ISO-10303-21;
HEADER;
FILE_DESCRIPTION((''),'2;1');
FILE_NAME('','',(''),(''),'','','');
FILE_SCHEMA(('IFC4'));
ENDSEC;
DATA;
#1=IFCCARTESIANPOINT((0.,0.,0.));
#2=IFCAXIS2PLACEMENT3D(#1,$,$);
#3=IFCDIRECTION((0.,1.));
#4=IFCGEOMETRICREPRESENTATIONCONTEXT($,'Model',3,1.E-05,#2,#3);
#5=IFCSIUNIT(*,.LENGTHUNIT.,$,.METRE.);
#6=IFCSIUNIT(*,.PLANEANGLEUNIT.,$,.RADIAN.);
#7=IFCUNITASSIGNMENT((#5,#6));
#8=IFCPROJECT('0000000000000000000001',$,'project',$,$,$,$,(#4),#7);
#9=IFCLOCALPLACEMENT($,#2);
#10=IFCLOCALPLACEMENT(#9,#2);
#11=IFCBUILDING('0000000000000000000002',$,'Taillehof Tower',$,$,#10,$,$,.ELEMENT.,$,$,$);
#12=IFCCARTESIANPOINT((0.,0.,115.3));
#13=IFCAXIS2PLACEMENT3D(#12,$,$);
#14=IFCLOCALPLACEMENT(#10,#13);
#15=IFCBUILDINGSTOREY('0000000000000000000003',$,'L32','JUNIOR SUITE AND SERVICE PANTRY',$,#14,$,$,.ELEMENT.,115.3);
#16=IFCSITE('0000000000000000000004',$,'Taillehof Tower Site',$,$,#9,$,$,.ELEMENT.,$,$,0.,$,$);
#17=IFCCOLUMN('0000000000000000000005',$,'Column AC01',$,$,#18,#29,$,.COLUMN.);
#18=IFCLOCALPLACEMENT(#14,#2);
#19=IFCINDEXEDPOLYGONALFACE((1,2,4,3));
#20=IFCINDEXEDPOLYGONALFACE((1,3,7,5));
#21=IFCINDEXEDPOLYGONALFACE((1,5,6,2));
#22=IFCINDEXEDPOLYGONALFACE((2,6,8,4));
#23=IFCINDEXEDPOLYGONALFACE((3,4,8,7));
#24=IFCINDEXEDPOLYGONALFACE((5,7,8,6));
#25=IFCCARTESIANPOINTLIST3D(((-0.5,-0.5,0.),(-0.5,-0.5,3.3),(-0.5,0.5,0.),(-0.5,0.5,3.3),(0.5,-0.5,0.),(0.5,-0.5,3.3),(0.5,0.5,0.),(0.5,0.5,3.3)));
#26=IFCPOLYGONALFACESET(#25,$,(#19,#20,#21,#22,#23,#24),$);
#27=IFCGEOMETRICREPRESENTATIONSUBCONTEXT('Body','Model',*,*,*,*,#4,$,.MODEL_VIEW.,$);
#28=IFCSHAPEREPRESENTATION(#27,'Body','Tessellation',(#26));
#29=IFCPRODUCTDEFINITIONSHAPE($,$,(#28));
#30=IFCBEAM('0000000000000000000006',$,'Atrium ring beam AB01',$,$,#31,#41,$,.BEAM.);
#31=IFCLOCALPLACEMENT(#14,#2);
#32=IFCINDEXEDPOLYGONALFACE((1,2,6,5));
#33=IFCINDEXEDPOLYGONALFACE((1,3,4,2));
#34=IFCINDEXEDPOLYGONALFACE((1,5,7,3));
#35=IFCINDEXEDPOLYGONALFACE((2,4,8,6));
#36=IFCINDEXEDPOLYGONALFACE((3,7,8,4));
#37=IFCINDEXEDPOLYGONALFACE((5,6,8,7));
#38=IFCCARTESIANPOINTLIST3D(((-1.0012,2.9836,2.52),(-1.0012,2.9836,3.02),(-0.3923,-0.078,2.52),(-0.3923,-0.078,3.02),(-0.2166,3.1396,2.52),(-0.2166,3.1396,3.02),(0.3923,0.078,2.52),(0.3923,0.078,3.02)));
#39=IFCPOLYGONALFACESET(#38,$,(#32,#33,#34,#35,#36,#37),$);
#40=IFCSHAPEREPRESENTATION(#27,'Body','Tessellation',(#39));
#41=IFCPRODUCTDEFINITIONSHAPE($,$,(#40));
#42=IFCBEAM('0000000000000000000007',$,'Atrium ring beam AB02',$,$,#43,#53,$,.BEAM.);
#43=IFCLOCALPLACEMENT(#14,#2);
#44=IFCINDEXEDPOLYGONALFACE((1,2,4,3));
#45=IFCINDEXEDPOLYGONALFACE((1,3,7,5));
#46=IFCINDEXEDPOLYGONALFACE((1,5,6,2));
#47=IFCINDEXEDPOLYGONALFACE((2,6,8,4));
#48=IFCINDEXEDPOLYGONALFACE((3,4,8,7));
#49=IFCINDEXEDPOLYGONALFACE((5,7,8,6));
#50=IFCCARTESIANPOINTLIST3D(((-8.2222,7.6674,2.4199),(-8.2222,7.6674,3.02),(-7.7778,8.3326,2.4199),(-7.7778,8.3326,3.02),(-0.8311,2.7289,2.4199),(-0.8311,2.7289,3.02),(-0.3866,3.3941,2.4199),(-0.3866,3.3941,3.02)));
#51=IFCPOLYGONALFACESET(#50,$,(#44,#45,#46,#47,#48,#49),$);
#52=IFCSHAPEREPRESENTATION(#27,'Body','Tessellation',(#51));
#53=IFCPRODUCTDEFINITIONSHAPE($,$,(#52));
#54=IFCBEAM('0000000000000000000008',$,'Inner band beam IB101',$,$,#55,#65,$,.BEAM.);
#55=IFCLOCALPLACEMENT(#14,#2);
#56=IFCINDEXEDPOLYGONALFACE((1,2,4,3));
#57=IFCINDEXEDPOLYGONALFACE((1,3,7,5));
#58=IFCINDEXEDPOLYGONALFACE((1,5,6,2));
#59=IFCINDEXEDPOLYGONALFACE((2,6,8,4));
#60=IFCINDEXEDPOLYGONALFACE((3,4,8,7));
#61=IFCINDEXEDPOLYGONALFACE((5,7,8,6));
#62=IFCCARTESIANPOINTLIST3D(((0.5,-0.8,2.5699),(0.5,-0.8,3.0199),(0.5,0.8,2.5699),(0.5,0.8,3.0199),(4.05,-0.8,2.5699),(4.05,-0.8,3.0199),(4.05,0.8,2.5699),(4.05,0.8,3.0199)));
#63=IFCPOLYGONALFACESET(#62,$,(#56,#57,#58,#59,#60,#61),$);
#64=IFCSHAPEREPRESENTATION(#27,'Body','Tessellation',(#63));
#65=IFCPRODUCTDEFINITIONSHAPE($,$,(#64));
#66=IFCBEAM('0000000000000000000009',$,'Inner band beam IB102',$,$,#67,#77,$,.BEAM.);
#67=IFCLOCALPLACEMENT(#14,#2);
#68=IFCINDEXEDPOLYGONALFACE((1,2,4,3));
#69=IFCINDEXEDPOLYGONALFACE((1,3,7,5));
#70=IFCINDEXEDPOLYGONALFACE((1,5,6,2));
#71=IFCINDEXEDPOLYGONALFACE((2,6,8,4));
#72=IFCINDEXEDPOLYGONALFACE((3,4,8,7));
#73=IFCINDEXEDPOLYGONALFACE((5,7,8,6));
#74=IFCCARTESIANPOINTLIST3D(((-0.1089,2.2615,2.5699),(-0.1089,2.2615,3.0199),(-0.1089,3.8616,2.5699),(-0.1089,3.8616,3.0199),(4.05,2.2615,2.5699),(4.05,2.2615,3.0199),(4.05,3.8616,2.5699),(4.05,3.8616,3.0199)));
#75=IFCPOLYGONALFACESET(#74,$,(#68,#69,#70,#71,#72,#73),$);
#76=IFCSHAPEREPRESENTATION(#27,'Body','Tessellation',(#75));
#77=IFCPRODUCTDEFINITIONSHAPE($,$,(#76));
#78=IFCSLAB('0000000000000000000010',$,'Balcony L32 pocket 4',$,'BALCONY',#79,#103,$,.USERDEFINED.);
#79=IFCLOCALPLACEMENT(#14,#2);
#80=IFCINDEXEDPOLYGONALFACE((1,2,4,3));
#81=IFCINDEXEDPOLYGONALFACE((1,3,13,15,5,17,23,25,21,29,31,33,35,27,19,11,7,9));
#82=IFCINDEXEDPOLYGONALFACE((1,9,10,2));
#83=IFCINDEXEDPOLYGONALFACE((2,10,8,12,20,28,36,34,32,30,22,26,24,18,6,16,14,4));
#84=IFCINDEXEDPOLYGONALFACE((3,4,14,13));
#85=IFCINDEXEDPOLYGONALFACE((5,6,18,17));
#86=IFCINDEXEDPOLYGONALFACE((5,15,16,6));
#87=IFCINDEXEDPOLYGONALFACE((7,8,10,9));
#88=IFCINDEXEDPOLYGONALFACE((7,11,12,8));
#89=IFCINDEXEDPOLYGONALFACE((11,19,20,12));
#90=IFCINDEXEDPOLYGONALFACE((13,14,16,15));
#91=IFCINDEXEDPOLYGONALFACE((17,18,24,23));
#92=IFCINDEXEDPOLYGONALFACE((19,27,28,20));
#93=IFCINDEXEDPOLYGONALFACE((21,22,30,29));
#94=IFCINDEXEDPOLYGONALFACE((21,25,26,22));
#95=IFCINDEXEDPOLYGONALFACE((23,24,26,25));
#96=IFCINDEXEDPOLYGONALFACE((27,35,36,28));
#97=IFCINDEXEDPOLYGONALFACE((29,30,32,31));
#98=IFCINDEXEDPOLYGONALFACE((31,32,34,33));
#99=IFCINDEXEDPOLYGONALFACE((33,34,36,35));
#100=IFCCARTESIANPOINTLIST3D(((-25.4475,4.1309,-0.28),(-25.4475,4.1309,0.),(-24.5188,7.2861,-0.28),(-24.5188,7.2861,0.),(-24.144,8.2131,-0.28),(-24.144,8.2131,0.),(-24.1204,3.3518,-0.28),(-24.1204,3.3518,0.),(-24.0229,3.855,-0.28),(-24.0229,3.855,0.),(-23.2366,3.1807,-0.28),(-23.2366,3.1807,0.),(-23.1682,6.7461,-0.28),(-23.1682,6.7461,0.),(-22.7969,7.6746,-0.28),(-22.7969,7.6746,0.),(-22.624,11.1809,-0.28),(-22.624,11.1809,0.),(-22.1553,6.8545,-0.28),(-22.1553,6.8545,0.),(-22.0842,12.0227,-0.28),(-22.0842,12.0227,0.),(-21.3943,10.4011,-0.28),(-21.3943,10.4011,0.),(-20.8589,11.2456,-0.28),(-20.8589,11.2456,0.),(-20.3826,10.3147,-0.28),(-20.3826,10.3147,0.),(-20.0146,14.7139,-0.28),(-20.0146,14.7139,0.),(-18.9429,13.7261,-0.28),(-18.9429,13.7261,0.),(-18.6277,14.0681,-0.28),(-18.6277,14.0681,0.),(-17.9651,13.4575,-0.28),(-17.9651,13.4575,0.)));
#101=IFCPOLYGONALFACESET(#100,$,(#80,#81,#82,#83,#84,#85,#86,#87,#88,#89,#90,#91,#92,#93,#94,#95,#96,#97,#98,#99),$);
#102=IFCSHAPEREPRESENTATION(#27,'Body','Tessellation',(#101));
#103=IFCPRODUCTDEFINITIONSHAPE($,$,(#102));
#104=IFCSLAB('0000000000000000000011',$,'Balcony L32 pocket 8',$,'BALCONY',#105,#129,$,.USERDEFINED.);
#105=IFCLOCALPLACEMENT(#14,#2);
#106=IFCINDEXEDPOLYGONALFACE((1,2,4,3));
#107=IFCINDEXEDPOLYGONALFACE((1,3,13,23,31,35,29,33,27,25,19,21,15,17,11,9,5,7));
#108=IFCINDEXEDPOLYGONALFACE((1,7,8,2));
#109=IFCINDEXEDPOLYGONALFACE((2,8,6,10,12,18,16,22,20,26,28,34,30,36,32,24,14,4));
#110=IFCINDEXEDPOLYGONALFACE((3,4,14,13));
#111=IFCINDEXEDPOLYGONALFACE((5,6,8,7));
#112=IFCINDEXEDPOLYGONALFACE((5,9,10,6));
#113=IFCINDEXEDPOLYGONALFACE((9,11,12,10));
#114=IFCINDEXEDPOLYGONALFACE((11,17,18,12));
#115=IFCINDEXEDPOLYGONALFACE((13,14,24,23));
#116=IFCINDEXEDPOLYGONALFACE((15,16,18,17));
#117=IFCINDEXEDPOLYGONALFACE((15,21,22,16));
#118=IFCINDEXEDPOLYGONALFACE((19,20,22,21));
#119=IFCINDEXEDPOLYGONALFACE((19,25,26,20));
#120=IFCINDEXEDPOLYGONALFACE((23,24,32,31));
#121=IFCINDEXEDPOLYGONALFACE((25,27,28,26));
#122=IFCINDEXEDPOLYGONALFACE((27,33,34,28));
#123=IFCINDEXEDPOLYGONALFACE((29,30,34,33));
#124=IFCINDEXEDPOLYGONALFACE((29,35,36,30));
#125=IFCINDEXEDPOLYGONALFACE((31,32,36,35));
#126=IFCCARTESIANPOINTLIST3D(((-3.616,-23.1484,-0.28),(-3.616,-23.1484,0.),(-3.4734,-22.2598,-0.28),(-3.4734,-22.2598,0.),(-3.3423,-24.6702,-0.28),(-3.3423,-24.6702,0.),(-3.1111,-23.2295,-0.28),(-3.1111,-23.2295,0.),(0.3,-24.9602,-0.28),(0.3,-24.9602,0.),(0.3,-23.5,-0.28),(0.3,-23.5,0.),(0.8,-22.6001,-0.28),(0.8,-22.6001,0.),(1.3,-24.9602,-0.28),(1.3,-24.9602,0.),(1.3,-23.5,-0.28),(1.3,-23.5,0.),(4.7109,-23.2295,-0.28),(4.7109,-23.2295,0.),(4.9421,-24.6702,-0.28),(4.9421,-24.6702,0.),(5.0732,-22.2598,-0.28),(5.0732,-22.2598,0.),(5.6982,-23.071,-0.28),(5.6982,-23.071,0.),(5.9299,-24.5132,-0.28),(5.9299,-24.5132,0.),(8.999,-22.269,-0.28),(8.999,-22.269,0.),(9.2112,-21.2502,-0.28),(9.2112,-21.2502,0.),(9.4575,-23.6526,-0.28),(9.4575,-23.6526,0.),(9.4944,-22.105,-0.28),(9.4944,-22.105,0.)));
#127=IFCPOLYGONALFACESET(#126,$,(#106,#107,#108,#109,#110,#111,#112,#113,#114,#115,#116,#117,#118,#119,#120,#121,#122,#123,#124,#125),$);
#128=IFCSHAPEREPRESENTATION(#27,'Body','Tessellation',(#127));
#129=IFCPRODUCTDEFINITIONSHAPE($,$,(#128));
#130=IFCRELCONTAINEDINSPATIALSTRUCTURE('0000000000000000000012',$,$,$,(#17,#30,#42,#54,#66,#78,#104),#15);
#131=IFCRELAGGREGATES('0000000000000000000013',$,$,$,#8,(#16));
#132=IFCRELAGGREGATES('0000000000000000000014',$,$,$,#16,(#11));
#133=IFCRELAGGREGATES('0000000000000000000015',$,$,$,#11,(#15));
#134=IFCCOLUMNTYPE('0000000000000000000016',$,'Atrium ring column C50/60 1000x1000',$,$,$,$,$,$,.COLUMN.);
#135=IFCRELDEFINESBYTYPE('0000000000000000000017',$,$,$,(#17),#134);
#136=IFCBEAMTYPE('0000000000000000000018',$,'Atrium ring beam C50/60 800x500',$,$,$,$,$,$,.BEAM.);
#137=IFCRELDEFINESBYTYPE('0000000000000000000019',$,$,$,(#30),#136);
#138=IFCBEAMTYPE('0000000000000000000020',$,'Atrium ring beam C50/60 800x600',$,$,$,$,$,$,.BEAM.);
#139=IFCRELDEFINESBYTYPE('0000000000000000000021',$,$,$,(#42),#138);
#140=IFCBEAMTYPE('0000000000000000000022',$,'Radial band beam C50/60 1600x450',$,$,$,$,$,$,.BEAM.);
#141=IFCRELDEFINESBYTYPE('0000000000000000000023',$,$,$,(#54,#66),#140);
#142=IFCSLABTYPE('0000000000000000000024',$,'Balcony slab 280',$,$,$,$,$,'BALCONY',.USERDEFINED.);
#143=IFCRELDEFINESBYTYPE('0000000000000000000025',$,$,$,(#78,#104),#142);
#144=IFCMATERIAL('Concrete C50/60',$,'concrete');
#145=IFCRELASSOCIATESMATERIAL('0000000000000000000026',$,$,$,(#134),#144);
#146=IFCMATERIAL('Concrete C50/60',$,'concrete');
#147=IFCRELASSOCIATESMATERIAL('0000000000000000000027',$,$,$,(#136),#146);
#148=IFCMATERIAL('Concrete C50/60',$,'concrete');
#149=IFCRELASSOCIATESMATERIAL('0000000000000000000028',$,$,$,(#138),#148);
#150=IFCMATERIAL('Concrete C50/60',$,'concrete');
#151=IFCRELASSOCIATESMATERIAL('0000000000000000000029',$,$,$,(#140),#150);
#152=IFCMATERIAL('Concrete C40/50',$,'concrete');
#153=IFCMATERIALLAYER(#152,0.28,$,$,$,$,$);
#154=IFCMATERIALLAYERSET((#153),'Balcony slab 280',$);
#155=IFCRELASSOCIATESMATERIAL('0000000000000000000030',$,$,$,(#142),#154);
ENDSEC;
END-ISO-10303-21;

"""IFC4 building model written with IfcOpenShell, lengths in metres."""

from ifc_helpers import new_model, si_unit, direction, frame, origin, origin_with_axes, origin_2d, place, context, subcontext, project, spatial, polyline, rectangle, outline, extrude, material, layer, layer_set, material_profile, profile_set, type_object, element, save


model = new_model("IFC4")

# Units and contexts
model_context = context("Model", 3, precision=1e-05, world=origin(), true_north=direction((0.0, 1.0)))
body_context = subcontext(model_context, "Body", "Model", "MODEL_VIEW")
ifc_project = project(units=[si_unit("LENGTHUNIT", "METRE"), si_unit("PLANEANGLEUNIT", "RADIAN")], contexts=[model_context])

# Site, building, storey
site_placement = place(None, origin())
site = spatial("IfcSite", under=ifc_project, at=site_placement, Name="Taillehof Tower Site", CompositionType="ELEMENT", RefElevation=0.0)
building_placement = place(site_placement, origin())
building = spatial("IfcBuilding", under=site, at=building_placement, Name="Taillehof Tower", CompositionType="ELEMENT")
storey_placement = place(building_placement, frame((0.0, 0.0, 115.3)))
storey = spatial("IfcBuildingStorey", under=building, at=storey_placement, Name="L32", Description="JUNIOR SUITE AND SERVICE PANTRY", CompositionType="ELEMENT", Elevation=115.3)

# Column
ifc_material_1 = material(Name="Concrete C50/60", Category="concrete")
ifc_material_profile_1 = material_profile(ifc_material_1, rectangle(XDim=1.0, YDim=1.0, at=origin_2d()), Name="RC 1000x1000")
ifc_profile_set_1 = profile_set([ifc_material_profile_1], Name="Concrete C50/60")
column_type = type_object("IfcColumnType", Name="Atrium ring column C50/60 1000x1000", PredefinedType="COLUMN", material=ifc_profile_set_1)
column_placement = place(storey_placement, origin_with_axes())
element("IfcColumn", 1, at=column_placement, inside=storey, type_object=column_type, Name="Column AC01", PredefinedType="COLUMN", context=body_context, shape_type="SweptSolid", body=[
    extrude(rectangle(XDim=1.0, YDim=1.0, at=origin_2d()), origin(), (0.0, 0.0, 1.0), 3.3),
])

# Beams
ifc_material_2 = material(Name="Concrete C50/60", Category="concrete")
ifc_material_profile_2 = material_profile(ifc_material_2, rectangle(XDim=0.8, YDim=0.5, at=origin_2d()), Name="RC 800x500")
ifc_profile_set_2 = profile_set([ifc_material_profile_2], Name="Concrete C50/60")
beam_type_1 = type_object("IfcBeamType", Name="Atrium ring beam C50/60 800x500", PredefinedType="BEAM", material=ifc_profile_set_2)
beam_1_placement = place(storey_placement, frame((0.0, 0.0, 2.77), z_axis=(-0.195063, 0.980791, 0.0), x_axis=(-0.980791, -0.195063, 0.0)))
element("IfcBeam", 2, at=beam_1_placement, inside=storey, type_object=beam_type_1, Name="Atrium ring beam AB01", PredefinedType="BEAM", context=body_context, shape_type="SweptSolid", body=[
    extrude(rectangle(XDim=0.8, YDim=0.5, at=origin_2d()), origin(), (0.0, 0.0, 1.0), 3.1216),
])
ifc_material_3 = material(Name="Concrete C50/60", Category="concrete")
ifc_material_profile_3 = material_profile(ifc_material_3, rectangle(XDim=0.8, YDim=0.6001, at=origin_2d()), Name="RC 800x600")
ifc_profile_set_3 = profile_set([ifc_material_profile_3], Name="Concrete C50/60")
beam_type_2 = type_object("IfcBeamType", Name="Atrium ring beam C50/60 800x600", PredefinedType="BEAM", material=ifc_profile_set_3)
beam_2_placement = place(storey_placement, frame((-0.6089, 3.0615, 2.72), z_axis=(-0.831475, 0.555562, 0.0), x_axis=(-0.555562, -0.831475, 0.0)))
element("IfcBeam", 3, at=beam_2_placement, inside=storey, type_object=beam_type_2, Name="Atrium ring beam AB02", PredefinedType="BEAM", context=body_context, shape_type="SweptSolid", body=[
    extrude(rectangle(XDim=0.8, YDim=0.6001, at=origin_2d()), origin(), (0.0, 0.0, 1.0), 8.8892),
])
ifc_material_4 = material(Name="Concrete C50/60", Category="concrete")
ifc_material_profile_4 = material_profile(ifc_material_4, rectangle(XDim=1.6001, YDim=0.45, at=origin_2d()), Name="RC 1600x450")
ifc_profile_set_4 = profile_set([ifc_material_profile_4], Name="Concrete C50/60")
beam_type_3 = type_object("IfcBeamType", Name="Radial band beam C50/60 1600x450", PredefinedType="BEAM", material=ifc_profile_set_4)
beam_3_placement = place(storey_placement, frame((0.5, 0.0, 2.7949), z_axis=(1.0, 0.0, 0.0), x_axis=(0.0, 1.0, 0.0)))
element("IfcBeam", 4, at=beam_3_placement, inside=storey, type_object=beam_type_3, Name="Inner band beam IB101", PredefinedType="BEAM", context=body_context, shape_type="SweptSolid", body=[
    extrude(rectangle(XDim=1.6001, YDim=0.45, at=origin_2d()), origin(), (0.0, 0.0, 1.0), 3.55),
])
beam_4_placement = place(storey_placement, frame((-0.1089, 3.0615, 2.7949), z_axis=(1.0, 0.0, 0.0), x_axis=(0.0, 1.0, 0.0)))
element("IfcBeam", 5, at=beam_4_placement, inside=storey, type_object=beam_type_3, Name="Inner band beam IB102", PredefinedType="BEAM", context=body_context, shape_type="SweptSolid", body=[
    extrude(rectangle(XDim=1.6001, YDim=0.45, at=origin_2d()), origin(), (0.0, 0.0, 1.0), 4.1589),
])

# Slabs
ifc_material_5 = material(Name="Concrete C40/50", Category="concrete")
ifc_layer_1 = layer(ifc_material_5, 0.28)
ifc_layer_set_1 = layer_set([ifc_layer_1], Name="Balcony slab 280")
slab_type_1 = type_object("IfcSlabType", Name="Balcony slab 280", ElementType="BALCONY", PredefinedType="USERDEFINED", material=ifc_layer_set_1)
slab_1_placement = place(storey_placement, frame((0.0, 0.0, -0.28)))
element("IfcSlab", 6, at=slab_1_placement, inside=storey, type_object=slab_type_1, Name="Balcony L32 pocket 4", ObjectType="BALCONY", PredefinedType="USERDEFINED", context=body_context, shape_type="SweptSolid", body=[
    extrude(outline(polyline([(-23.2366, 3.1807), (-24.1204, 3.3518), (-24.0229, 3.855), (-25.4475, 4.1309), (-24.5188, 7.2861), (-23.1682, 6.7461), (-22.7969, 7.6746), (-24.144, 8.2131), (-22.624, 11.1809), (-21.3943, 10.4011), (-20.8589, 11.2456), (-22.0842, 12.0227), (-20.0146, 14.7139), (-18.9429, 13.7261), (-18.6277, 14.0681), (-17.9651, 13.4575), (-20.3826, 10.3147), (-22.1553, 6.8545), (-23.2366, 3.1807)])), origin(), (0.0, 0.0, 1.0), 0.28),
])
slab_2_placement = place(storey_placement, frame((0.0, 0.0, -0.28)))
element("IfcSlab", 7, at=slab_2_placement, inside=storey, type_object=slab_type_1, Name="Balcony L32 pocket 8", ObjectType="BALCONY", PredefinedType="USERDEFINED", context=body_context, shape_type="SweptSolid", body=[
    extrude(outline(polyline([(9.2112, -21.2502), (9.4944, -22.105), (8.999, -22.269), (9.4575, -23.6526), (5.9299, -24.5132), (5.6982, -23.071), (4.7109, -23.2295), (4.9421, -24.6702), (1.3, -24.9602), (1.3, -23.5), (0.3, -23.5), (0.3, -24.9602), (-3.3423, -24.6702), (-3.1111, -23.2295), (-3.616, -23.1484), (-3.4734, -22.2598), (0.8, -22.6001), (5.0732, -22.2598), (9.2112, -21.2502)])), origin(), (0.0, 0.0, 1.0), 0.28),
])

save(model, "model.ifc")
